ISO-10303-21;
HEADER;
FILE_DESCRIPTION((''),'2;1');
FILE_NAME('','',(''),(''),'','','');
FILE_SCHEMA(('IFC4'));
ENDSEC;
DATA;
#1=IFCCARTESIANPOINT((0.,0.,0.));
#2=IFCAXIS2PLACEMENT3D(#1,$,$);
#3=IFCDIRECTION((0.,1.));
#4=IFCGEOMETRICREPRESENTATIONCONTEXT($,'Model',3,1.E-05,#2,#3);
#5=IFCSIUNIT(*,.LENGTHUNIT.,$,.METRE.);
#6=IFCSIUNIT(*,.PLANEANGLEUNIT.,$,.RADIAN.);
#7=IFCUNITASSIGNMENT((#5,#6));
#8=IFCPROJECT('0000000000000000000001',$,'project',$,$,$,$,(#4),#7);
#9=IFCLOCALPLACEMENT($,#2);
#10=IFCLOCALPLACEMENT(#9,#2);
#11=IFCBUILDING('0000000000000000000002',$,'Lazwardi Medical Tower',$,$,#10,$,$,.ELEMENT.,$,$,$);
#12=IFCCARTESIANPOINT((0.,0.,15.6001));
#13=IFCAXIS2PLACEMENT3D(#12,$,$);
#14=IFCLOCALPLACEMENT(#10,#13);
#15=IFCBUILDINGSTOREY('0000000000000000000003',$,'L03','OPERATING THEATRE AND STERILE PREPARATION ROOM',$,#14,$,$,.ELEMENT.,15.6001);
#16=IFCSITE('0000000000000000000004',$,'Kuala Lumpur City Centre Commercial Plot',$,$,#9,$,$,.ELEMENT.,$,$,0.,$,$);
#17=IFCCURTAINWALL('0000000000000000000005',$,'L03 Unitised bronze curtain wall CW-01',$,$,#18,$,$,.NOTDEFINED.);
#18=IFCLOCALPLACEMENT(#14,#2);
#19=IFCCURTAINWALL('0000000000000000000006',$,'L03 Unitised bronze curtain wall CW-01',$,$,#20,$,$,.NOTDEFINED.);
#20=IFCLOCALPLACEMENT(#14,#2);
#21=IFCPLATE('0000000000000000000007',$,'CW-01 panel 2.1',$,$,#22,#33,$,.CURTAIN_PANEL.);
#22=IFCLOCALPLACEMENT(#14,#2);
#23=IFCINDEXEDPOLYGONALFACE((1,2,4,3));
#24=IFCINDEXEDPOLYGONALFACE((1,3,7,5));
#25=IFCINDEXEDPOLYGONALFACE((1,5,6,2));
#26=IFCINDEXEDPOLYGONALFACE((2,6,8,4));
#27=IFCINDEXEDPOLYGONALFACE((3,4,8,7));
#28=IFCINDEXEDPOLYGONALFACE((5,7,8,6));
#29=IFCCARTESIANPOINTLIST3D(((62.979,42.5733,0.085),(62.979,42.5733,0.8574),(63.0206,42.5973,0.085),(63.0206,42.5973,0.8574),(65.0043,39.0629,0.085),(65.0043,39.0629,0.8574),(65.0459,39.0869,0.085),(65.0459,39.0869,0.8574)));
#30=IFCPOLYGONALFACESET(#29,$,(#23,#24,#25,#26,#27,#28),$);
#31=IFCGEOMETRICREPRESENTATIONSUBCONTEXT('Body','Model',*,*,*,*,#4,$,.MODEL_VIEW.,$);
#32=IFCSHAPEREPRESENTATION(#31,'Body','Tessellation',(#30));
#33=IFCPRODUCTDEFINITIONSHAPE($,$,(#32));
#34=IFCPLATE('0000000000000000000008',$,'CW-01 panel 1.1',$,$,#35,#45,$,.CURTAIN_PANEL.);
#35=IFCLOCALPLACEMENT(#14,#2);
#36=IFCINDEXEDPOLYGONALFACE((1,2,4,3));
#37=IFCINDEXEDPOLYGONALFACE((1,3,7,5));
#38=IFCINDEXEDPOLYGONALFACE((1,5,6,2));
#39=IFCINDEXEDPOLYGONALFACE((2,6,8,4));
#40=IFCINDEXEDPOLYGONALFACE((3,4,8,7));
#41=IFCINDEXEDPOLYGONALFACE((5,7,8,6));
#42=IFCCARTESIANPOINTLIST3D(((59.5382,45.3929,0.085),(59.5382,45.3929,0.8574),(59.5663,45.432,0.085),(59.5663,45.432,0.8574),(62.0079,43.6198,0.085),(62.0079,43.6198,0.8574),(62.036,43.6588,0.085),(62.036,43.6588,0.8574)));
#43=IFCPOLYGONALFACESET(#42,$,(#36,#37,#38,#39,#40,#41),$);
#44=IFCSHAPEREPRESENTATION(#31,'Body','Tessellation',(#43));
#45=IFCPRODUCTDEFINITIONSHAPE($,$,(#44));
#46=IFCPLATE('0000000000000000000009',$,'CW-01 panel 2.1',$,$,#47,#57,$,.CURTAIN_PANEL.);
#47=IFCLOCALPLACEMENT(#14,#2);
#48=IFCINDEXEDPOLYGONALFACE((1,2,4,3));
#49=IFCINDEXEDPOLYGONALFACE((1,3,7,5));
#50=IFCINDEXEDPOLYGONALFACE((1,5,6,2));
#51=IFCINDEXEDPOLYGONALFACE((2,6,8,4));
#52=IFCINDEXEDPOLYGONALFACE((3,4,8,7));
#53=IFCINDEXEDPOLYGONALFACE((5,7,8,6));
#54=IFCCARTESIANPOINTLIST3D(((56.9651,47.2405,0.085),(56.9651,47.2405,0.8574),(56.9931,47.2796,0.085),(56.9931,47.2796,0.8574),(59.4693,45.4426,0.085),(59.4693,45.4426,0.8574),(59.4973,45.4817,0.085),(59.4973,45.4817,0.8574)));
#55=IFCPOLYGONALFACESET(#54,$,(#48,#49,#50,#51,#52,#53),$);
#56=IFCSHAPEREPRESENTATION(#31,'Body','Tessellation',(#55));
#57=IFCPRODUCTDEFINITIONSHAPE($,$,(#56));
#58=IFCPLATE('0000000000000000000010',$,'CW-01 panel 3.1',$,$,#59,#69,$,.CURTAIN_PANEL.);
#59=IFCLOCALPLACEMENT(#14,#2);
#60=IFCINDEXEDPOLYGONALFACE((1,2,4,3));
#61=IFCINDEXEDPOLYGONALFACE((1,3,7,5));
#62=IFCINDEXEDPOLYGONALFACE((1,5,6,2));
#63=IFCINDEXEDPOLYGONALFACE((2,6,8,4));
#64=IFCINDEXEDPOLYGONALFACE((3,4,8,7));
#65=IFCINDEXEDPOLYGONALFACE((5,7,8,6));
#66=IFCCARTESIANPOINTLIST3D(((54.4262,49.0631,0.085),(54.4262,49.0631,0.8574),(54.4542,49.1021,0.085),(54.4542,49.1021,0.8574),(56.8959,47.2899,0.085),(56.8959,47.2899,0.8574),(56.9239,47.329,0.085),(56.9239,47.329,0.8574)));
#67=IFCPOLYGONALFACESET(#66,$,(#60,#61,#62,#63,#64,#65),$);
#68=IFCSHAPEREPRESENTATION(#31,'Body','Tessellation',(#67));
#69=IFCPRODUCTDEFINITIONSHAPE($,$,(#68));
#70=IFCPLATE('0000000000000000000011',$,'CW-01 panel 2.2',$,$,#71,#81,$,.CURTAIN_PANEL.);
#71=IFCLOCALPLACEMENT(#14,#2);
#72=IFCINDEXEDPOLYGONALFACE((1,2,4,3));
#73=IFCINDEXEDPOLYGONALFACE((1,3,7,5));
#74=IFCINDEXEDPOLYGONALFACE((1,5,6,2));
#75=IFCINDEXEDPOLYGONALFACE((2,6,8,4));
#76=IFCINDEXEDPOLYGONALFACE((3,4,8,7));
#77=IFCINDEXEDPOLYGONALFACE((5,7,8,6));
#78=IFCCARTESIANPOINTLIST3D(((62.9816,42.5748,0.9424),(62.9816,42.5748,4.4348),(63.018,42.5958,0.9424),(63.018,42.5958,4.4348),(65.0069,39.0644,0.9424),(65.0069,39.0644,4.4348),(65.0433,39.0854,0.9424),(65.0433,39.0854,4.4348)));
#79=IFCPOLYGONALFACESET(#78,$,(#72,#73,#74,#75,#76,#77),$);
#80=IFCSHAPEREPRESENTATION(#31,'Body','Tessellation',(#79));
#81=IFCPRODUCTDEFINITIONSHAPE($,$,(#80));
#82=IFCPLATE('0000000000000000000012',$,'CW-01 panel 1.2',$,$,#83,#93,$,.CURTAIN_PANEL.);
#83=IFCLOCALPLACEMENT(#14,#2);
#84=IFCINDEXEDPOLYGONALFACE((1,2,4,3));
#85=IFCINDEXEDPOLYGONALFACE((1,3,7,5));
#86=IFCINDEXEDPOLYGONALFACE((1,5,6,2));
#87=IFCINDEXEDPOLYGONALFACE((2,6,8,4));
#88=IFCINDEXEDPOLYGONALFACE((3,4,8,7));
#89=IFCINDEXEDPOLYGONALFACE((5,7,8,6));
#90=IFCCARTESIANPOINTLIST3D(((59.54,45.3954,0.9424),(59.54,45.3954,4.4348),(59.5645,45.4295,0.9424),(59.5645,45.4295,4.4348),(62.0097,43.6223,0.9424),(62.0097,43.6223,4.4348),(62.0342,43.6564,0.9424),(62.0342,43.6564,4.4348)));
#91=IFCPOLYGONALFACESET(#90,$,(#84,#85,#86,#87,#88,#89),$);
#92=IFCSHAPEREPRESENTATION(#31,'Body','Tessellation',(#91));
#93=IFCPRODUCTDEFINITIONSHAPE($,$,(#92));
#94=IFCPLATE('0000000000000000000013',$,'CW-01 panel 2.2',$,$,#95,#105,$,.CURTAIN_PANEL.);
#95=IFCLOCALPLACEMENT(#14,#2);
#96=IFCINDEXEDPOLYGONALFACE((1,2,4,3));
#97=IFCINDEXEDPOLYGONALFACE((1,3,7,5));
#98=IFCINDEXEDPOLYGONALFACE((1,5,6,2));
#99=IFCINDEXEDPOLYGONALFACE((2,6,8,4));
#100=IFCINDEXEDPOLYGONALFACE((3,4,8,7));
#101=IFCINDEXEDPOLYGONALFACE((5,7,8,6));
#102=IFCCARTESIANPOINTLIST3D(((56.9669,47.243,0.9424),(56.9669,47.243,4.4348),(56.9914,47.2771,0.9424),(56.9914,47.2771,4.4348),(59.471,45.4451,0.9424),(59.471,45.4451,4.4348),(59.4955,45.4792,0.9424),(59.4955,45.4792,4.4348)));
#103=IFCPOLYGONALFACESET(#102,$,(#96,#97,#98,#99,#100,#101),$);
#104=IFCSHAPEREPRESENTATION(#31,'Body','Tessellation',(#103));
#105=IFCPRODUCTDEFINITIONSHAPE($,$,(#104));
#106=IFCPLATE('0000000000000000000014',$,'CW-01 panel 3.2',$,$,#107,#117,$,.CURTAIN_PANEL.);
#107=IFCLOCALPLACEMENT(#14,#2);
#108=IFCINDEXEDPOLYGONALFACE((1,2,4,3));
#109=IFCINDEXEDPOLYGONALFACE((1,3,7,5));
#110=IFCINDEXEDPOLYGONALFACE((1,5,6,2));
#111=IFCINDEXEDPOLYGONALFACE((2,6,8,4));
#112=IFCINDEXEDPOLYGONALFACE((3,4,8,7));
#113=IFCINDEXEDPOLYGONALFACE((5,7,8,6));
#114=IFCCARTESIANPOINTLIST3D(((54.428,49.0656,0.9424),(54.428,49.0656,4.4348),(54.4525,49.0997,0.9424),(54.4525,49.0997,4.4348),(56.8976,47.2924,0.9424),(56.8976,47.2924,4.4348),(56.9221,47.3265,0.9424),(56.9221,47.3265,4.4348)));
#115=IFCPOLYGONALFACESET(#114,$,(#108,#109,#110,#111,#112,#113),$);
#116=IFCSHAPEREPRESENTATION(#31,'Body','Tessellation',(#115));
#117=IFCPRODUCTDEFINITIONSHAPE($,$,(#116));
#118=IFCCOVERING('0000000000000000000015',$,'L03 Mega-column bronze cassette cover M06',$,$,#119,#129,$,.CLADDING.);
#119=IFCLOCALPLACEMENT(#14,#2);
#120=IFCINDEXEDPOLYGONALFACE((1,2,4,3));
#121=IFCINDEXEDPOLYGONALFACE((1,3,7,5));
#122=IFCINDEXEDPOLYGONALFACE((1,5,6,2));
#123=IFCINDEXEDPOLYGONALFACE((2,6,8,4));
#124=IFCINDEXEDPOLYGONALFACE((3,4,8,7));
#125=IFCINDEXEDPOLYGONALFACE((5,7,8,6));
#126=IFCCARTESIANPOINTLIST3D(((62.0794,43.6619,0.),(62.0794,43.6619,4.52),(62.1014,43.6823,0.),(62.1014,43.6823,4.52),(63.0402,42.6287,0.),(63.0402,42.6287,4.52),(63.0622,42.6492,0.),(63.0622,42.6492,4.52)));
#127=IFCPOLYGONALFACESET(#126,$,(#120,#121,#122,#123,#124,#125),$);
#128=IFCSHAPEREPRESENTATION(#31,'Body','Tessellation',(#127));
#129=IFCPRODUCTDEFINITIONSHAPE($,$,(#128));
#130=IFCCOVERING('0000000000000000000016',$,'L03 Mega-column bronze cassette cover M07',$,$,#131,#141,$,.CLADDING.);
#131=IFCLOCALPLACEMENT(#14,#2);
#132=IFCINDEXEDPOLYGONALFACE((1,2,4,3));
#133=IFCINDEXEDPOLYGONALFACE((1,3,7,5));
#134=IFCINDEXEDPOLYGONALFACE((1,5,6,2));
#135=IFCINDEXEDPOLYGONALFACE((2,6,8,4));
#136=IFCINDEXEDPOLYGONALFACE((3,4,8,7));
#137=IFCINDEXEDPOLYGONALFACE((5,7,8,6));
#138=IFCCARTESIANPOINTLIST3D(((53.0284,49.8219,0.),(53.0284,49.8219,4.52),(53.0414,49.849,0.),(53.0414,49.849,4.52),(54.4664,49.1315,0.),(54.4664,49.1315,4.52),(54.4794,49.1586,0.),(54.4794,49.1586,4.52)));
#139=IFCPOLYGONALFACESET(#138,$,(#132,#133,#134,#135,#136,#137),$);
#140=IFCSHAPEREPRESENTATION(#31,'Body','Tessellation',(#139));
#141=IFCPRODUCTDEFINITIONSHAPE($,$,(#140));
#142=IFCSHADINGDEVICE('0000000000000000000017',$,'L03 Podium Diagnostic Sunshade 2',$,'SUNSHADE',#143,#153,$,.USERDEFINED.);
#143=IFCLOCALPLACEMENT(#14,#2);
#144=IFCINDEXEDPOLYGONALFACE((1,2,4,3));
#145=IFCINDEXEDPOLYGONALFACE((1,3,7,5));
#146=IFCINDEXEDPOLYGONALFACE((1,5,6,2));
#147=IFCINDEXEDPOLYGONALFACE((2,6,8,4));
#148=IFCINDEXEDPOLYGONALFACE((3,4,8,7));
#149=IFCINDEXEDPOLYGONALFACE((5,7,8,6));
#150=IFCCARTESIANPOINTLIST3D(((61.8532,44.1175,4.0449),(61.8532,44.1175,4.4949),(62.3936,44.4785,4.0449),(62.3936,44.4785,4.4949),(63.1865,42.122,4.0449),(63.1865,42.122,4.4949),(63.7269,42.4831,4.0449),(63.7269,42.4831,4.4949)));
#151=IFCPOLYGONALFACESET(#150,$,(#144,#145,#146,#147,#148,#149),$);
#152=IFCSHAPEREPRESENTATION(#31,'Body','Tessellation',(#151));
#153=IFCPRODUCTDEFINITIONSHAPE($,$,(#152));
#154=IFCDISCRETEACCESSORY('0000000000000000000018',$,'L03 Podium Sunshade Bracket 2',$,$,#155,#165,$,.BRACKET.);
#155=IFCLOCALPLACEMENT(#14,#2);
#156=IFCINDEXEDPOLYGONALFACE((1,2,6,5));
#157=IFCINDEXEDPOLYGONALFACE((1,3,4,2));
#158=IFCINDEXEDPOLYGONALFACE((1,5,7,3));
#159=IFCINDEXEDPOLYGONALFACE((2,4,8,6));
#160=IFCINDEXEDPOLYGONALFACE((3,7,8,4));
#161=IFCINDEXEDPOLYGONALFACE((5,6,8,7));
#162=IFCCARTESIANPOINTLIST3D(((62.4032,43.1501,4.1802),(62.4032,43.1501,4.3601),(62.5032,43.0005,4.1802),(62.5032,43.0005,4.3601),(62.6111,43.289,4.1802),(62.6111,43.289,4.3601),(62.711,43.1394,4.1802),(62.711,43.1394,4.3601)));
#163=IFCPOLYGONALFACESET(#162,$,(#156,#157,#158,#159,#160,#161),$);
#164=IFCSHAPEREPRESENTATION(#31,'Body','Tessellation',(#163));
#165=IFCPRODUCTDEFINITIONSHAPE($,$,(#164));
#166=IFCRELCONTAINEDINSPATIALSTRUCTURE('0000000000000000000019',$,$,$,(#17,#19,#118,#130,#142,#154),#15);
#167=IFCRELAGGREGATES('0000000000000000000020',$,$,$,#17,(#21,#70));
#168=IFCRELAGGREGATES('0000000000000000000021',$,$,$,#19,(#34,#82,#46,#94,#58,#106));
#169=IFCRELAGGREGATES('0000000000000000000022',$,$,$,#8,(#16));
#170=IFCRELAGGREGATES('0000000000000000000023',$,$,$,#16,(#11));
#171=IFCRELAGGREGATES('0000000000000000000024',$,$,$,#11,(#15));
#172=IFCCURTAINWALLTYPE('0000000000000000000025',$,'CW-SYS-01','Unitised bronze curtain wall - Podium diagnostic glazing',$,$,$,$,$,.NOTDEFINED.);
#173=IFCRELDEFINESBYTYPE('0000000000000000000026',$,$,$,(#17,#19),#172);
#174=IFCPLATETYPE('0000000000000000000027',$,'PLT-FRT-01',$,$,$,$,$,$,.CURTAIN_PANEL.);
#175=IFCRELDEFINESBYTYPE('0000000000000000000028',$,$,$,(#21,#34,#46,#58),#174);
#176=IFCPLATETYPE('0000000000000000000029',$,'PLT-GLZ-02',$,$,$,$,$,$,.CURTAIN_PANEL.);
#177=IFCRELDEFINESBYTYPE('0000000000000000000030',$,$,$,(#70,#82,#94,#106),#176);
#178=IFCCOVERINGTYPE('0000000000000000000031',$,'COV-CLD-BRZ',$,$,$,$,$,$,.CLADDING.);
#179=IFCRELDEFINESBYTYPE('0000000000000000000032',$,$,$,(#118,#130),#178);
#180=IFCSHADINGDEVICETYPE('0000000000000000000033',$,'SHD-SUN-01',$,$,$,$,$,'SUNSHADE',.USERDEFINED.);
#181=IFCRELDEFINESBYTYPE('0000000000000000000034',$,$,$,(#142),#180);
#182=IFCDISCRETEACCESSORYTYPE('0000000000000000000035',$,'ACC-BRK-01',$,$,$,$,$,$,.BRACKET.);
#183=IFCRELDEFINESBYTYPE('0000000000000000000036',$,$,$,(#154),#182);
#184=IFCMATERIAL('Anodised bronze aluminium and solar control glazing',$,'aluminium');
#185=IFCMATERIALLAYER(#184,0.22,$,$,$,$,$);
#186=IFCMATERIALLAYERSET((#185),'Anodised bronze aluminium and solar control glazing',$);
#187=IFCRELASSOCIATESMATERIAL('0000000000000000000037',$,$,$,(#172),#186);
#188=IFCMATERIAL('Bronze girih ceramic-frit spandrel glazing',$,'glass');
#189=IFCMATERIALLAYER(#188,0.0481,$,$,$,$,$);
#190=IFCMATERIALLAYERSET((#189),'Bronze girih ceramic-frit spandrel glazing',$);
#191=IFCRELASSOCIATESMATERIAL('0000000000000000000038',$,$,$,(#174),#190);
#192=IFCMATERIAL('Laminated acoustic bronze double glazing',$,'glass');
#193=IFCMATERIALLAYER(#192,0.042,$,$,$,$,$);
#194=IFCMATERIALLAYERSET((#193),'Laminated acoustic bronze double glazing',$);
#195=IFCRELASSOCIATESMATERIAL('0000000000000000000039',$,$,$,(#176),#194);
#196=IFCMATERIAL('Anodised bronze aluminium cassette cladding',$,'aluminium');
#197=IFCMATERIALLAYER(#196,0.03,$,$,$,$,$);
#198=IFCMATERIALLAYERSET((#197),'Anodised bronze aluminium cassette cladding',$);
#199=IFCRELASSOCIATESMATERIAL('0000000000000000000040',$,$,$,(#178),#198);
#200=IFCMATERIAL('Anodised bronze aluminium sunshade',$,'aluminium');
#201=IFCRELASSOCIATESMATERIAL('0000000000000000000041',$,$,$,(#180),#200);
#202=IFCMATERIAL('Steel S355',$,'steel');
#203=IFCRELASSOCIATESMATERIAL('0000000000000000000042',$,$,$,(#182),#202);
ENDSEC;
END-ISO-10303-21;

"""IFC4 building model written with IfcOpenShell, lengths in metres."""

from ifc_helpers import new_model, si_unit, direction, frame, origin, origin_2d, place, context, subcontext, project, spatial, rectangle, extrude, material, layer, layer_set, type_object, element, aggregate, save


model = new_model("IFC4")

# Units and contexts
model_context = context("Model", 3, precision=1e-05, world=origin(), true_north=direction((0.0, 1.0)))
body_context = subcontext(model_context, "Body", "Model", "MODEL_VIEW")
ifc_project = project(units=[si_unit("LENGTHUNIT", "METRE"), si_unit("PLANEANGLEUNIT", "RADIAN")], contexts=[model_context])

# Site, building, storey
site_placement = place(None, origin())
site = spatial("IfcSite", under=ifc_project, at=site_placement, Name="Kuala Lumpur City Centre Commercial Plot", CompositionType="ELEMENT", RefElevation=0.0)
building_placement = place(site_placement, origin())
building = spatial("IfcBuilding", under=site, at=building_placement, Name="Lazwardi Medical Tower", CompositionType="ELEMENT")
storey_placement = place(building_placement, frame((0.0, 0.0, 15.6001)))
storey = spatial("IfcBuildingStorey", under=building, at=storey_placement, Name="L03", Description="OPERATING THEATRE AND STERILE PREPARATION ROOM", CompositionType="ELEMENT", Elevation=15.6001)

# Shared definitions
ifc_material_1 = material(Name="Steel S355", Category="steel")

# Curtain wall
ifc_material_2 = material(Name="Anodised bronze aluminium and solar control glazing", Category="aluminium")
ifc_layer_1 = layer(ifc_material_2, 0.22)
ifc_layer_set_1 = layer_set([ifc_layer_1], Name="Anodised bronze aluminium and solar control glazing")
curtain_wall_type = type_object("IfcCurtainWallType", Name="CW-SYS-01", Description="Unitised bronze curtain wall - Podium diagnostic glazing", PredefinedType="NOTDEFINED", material=ifc_layer_set_1)
curtain_wall_1_placement = place(storey_placement, origin())
curtain_wall_1 = element("IfcCurtainWall", 1, at=curtain_wall_1_placement, inside=storey, type_object=curtain_wall_type, Name="L03 Unitised bronze curtain wall CW-01", PredefinedType="NOTDEFINED")

# Curtain wall
curtain_wall_2_placement = place(storey_placement, origin())
curtain_wall_2 = element("IfcCurtainWall", 2, at=curtain_wall_2_placement, inside=storey, type_object=curtain_wall_type, Name="L03 Unitised bronze curtain wall CW-01", PredefinedType="NOTDEFINED")

# Plates
ifc_material_3 = material(Name="Bronze girih ceramic-frit spandrel glazing", Category="glass")
ifc_layer_2 = layer(ifc_material_3, 0.0481)
ifc_layer_set_2 = layer_set([ifc_layer_2], Name="Bronze girih ceramic-frit spandrel glazing")
plate_type_1 = type_object("IfcPlateType", Name="PLT-FRT-01", PredefinedType="CURTAIN_PANEL", material=ifc_layer_set_2)
plate_1_placement = place(storey_placement, frame((64.0125, 40.8301, 0.085), z_axis=(0.0, 0.0, 1.0), x_axis=(-0.499731, 0.866181, 0.0)))
plate_1 = element("IfcPlate", 3, at=plate_1_placement, type_object=plate_type_1, Name="CW-01 panel 2.1", PredefinedType="CURTAIN_PANEL", context=body_context, shape_type="SweptSolid", body=[
    extrude(rectangle(XDim=4.0527, YDim=0.0481, at=origin_2d()), origin(), (0.0, 0.0, 1.0), 0.7725),
])
plate_2_placement = place(storey_placement, frame((60.7871, 44.5259, 0.085), z_axis=(0.0, 0.0, 1.0), x_axis=(-0.812318, 0.583214, 0.0)))
plate_2 = element("IfcPlate", 4, at=plate_2_placement, type_object=plate_type_1, Name="CW-01 panel 1.1", PredefinedType="CURTAIN_PANEL", context=body_context, shape_type="SweptSolid", body=[
    extrude(rectangle(XDim=3.0403, YDim=0.0481, at=origin_2d()), origin(), (0.0, 0.0, 1.0), 0.7725),
])
plate_3_placement = place(storey_placement, frame((58.2312, 46.3611, 0.085), z_axis=(0.0, 0.0, 1.0), x_axis=(-0.812318, 0.583214, 0.0)))
plate_3 = element("IfcPlate", 5, at=plate_3_placement, type_object=plate_type_1, Name="CW-01 panel 2.1", PredefinedType="CURTAIN_PANEL", context=body_context, shape_type="SweptSolid", body=[
    extrude(rectangle(XDim=3.0828, YDim=0.0481, at=origin_2d()), origin(), (0.0, 0.0, 1.0), 0.7725),
])
plate_4_placement = place(storey_placement, frame((55.675, 48.196, 0.085), z_axis=(0.0, 0.0, 1.0), x_axis=(-0.812318, 0.583214, 0.0)))
plate_4 = element("IfcPlate", 6, at=plate_4_placement, type_object=plate_type_1, Name="CW-01 panel 3.1", PredefinedType="CURTAIN_PANEL", context=body_context, shape_type="SweptSolid", body=[
    extrude(rectangle(XDim=3.0403, YDim=0.0481, at=origin_2d()), origin(), (0.0, 0.0, 1.0), 0.7725),
])
ifc_material_4 = material(Name="Laminated acoustic bronze double glazing", Category="glass")
ifc_layer_3 = layer(ifc_material_4, 0.042)
ifc_layer_set_3 = layer_set([ifc_layer_3], Name="Laminated acoustic bronze double glazing")
plate_type_2 = type_object("IfcPlateType", Name="PLT-GLZ-02", PredefinedType="CURTAIN_PANEL", material=ifc_layer_set_3)
plate_5_placement = place(storey_placement, frame((64.0125, 40.8301, 0.9424), z_axis=(0.0, 0.0, 1.0), x_axis=(-0.499731, 0.866181, 0.0)))
plate_5 = element("IfcPlate", 7, at=plate_5_placement, type_object=plate_type_2, Name="CW-01 panel 2.2", PredefinedType="CURTAIN_PANEL", context=body_context, shape_type="SweptSolid", body=[
    extrude(rectangle(XDim=4.0527, YDim=0.042, at=origin_2d()), origin(), (0.0, 0.0, 1.0), 3.4924),
])
aggregate(curtain_wall_1, [plate_1, plate_5])
plate_6_placement = place(storey_placement, frame((60.7871, 44.5259, 0.9424), z_axis=(0.0, 0.0, 1.0), x_axis=(-0.812318, 0.583214, 0.0)))
plate_6 = element("IfcPlate", 8, at=plate_6_placement, type_object=plate_type_2, Name="CW-01 panel 1.2", PredefinedType="CURTAIN_PANEL", context=body_context, shape_type="SweptSolid", body=[
    extrude(rectangle(XDim=3.0403, YDim=0.042, at=origin_2d()), origin(), (0.0, 0.0, 1.0), 3.4924),
])
plate_7_placement = place(storey_placement, frame((58.2312, 46.3611, 0.9424), z_axis=(0.0, 0.0, 1.0), x_axis=(-0.812318, 0.583214, 0.0)))
plate_7 = element("IfcPlate", 9, at=plate_7_placement, type_object=plate_type_2, Name="CW-01 panel 2.2", PredefinedType="CURTAIN_PANEL", context=body_context, shape_type="SweptSolid", body=[
    extrude(rectangle(XDim=3.0828, YDim=0.042, at=origin_2d()), origin(), (0.0, 0.0, 1.0), 3.4924),
])
plate_8_placement = place(storey_placement, frame((55.675, 48.196, 0.9424), z_axis=(0.0, 0.0, 1.0), x_axis=(-0.812318, 0.583214, 0.0)))
plate_8 = element("IfcPlate", 10, at=plate_8_placement, type_object=plate_type_2, Name="CW-01 panel 3.2", PredefinedType="CURTAIN_PANEL", context=body_context, shape_type="SweptSolid", body=[
    extrude(rectangle(XDim=3.0403, YDim=0.042, at=origin_2d()), origin(), (0.0, 0.0, 1.0), 3.4924),
])
aggregate(curtain_wall_2, [plate_2, plate_6, plate_3, plate_7, plate_4, plate_8])

# Coverings
ifc_material_5 = material(Name="Anodised bronze aluminium cassette cladding", Category="aluminium")
ifc_layer_4 = layer(ifc_material_5, 0.03)
ifc_layer_set_4 = layer_set([ifc_layer_4], Name="Anodised bronze aluminium cassette cladding")
covering_type = type_object("IfcCoveringType", Name="COV-CLD-BRZ", PredefinedType="CLADDING", material=ifc_layer_set_4)
covering_1_placement = place(storey_placement, frame((62.5708, 43.1555, 0.0), z_axis=(0.0, 0.0, 1.0), x_axis=(-0.681019, 0.732266, 0.0)))
element("IfcCovering", 11, at=covering_1_placement, inside=storey, type_object=covering_type, Name="L03 Mega-column bronze cassette cover M06", PredefinedType="CLADDING", context=body_context, shape_type="SweptSolid", body=[
    extrude(rectangle(XDim=1.4109, YDim=0.03, at=origin_2d()), origin(), (0.0, 0.0, 1.0), 4.52),
])
covering_2_placement = place(storey_placement, frame((53.7539, 49.4902, 0.0), z_axis=(0.0, 0.0, 1.0), x_axis=(-0.901484, 0.432813, 0.0)))
element("IfcCovering", 12, at=covering_2_placement, inside=storey, type_object=covering_type, Name="L03 Mega-column bronze cassette cover M07", PredefinedType="CLADDING", context=body_context, shape_type="SweptSolid", body=[
    extrude(rectangle(XDim=1.5952, YDim=0.03, at=origin_2d()), origin(), (0.0, 0.0, 1.0), 4.52),
])

# Shading device
ifc_material_6 = material(Name="Anodised bronze aluminium sunshade", Category="aluminium")
shading_device_type = type_object("IfcShadingDeviceType", Name="SHD-SUN-01", ElementType="SUNSHADE", PredefinedType="USERDEFINED", material=ifc_material_6)
shading_device_placement = place(storey_placement, frame((62.79, 43.3003, 4.0449), z_axis=(0.0, 0.0, 1.0), x_axis=(-0.55557, 0.83147, 0.0)))
element("IfcShadingDevice", 13, at=shading_device_placement, inside=storey, type_object=shading_device_type, Name="L03 Podium Diagnostic Sunshade 2", ObjectType="SUNSHADE", PredefinedType="USERDEFINED", context=body_context, shape_type="SweptSolid", body=[
    extrude(rectangle(XDim=2.3999, YDim=0.6499, at=origin_2d()), origin(), (0.0, 0.0, 1.0), 0.45),
])

# Discrete accessory
discrete_accessory_type = type_object("IfcDiscreteAccessoryType", Name="ACC-BRK-01", PredefinedType="BRACKET", material=ifc_material_1)
discrete_accessory_placement = place(storey_placement, frame((62.5571, 43.1448, 4.1802), z_axis=(0.0, 0.0, 1.0), x_axis=(-0.55557, 0.83147, 0.0)))
element("IfcDiscreteAccessory", 14, at=discrete_accessory_placement, inside=storey, type_object=discrete_accessory_type, Name="L03 Podium Sunshade Bracket 2", PredefinedType="BRACKET", context=body_context, shape_type="SweptSolid", body=[
    extrude(rectangle(XDim=0.1799, YDim=0.25, at=origin_2d()), origin(), (0.0, 0.0, 1.0), 0.1799),
])

save(model, "model.ifc")
